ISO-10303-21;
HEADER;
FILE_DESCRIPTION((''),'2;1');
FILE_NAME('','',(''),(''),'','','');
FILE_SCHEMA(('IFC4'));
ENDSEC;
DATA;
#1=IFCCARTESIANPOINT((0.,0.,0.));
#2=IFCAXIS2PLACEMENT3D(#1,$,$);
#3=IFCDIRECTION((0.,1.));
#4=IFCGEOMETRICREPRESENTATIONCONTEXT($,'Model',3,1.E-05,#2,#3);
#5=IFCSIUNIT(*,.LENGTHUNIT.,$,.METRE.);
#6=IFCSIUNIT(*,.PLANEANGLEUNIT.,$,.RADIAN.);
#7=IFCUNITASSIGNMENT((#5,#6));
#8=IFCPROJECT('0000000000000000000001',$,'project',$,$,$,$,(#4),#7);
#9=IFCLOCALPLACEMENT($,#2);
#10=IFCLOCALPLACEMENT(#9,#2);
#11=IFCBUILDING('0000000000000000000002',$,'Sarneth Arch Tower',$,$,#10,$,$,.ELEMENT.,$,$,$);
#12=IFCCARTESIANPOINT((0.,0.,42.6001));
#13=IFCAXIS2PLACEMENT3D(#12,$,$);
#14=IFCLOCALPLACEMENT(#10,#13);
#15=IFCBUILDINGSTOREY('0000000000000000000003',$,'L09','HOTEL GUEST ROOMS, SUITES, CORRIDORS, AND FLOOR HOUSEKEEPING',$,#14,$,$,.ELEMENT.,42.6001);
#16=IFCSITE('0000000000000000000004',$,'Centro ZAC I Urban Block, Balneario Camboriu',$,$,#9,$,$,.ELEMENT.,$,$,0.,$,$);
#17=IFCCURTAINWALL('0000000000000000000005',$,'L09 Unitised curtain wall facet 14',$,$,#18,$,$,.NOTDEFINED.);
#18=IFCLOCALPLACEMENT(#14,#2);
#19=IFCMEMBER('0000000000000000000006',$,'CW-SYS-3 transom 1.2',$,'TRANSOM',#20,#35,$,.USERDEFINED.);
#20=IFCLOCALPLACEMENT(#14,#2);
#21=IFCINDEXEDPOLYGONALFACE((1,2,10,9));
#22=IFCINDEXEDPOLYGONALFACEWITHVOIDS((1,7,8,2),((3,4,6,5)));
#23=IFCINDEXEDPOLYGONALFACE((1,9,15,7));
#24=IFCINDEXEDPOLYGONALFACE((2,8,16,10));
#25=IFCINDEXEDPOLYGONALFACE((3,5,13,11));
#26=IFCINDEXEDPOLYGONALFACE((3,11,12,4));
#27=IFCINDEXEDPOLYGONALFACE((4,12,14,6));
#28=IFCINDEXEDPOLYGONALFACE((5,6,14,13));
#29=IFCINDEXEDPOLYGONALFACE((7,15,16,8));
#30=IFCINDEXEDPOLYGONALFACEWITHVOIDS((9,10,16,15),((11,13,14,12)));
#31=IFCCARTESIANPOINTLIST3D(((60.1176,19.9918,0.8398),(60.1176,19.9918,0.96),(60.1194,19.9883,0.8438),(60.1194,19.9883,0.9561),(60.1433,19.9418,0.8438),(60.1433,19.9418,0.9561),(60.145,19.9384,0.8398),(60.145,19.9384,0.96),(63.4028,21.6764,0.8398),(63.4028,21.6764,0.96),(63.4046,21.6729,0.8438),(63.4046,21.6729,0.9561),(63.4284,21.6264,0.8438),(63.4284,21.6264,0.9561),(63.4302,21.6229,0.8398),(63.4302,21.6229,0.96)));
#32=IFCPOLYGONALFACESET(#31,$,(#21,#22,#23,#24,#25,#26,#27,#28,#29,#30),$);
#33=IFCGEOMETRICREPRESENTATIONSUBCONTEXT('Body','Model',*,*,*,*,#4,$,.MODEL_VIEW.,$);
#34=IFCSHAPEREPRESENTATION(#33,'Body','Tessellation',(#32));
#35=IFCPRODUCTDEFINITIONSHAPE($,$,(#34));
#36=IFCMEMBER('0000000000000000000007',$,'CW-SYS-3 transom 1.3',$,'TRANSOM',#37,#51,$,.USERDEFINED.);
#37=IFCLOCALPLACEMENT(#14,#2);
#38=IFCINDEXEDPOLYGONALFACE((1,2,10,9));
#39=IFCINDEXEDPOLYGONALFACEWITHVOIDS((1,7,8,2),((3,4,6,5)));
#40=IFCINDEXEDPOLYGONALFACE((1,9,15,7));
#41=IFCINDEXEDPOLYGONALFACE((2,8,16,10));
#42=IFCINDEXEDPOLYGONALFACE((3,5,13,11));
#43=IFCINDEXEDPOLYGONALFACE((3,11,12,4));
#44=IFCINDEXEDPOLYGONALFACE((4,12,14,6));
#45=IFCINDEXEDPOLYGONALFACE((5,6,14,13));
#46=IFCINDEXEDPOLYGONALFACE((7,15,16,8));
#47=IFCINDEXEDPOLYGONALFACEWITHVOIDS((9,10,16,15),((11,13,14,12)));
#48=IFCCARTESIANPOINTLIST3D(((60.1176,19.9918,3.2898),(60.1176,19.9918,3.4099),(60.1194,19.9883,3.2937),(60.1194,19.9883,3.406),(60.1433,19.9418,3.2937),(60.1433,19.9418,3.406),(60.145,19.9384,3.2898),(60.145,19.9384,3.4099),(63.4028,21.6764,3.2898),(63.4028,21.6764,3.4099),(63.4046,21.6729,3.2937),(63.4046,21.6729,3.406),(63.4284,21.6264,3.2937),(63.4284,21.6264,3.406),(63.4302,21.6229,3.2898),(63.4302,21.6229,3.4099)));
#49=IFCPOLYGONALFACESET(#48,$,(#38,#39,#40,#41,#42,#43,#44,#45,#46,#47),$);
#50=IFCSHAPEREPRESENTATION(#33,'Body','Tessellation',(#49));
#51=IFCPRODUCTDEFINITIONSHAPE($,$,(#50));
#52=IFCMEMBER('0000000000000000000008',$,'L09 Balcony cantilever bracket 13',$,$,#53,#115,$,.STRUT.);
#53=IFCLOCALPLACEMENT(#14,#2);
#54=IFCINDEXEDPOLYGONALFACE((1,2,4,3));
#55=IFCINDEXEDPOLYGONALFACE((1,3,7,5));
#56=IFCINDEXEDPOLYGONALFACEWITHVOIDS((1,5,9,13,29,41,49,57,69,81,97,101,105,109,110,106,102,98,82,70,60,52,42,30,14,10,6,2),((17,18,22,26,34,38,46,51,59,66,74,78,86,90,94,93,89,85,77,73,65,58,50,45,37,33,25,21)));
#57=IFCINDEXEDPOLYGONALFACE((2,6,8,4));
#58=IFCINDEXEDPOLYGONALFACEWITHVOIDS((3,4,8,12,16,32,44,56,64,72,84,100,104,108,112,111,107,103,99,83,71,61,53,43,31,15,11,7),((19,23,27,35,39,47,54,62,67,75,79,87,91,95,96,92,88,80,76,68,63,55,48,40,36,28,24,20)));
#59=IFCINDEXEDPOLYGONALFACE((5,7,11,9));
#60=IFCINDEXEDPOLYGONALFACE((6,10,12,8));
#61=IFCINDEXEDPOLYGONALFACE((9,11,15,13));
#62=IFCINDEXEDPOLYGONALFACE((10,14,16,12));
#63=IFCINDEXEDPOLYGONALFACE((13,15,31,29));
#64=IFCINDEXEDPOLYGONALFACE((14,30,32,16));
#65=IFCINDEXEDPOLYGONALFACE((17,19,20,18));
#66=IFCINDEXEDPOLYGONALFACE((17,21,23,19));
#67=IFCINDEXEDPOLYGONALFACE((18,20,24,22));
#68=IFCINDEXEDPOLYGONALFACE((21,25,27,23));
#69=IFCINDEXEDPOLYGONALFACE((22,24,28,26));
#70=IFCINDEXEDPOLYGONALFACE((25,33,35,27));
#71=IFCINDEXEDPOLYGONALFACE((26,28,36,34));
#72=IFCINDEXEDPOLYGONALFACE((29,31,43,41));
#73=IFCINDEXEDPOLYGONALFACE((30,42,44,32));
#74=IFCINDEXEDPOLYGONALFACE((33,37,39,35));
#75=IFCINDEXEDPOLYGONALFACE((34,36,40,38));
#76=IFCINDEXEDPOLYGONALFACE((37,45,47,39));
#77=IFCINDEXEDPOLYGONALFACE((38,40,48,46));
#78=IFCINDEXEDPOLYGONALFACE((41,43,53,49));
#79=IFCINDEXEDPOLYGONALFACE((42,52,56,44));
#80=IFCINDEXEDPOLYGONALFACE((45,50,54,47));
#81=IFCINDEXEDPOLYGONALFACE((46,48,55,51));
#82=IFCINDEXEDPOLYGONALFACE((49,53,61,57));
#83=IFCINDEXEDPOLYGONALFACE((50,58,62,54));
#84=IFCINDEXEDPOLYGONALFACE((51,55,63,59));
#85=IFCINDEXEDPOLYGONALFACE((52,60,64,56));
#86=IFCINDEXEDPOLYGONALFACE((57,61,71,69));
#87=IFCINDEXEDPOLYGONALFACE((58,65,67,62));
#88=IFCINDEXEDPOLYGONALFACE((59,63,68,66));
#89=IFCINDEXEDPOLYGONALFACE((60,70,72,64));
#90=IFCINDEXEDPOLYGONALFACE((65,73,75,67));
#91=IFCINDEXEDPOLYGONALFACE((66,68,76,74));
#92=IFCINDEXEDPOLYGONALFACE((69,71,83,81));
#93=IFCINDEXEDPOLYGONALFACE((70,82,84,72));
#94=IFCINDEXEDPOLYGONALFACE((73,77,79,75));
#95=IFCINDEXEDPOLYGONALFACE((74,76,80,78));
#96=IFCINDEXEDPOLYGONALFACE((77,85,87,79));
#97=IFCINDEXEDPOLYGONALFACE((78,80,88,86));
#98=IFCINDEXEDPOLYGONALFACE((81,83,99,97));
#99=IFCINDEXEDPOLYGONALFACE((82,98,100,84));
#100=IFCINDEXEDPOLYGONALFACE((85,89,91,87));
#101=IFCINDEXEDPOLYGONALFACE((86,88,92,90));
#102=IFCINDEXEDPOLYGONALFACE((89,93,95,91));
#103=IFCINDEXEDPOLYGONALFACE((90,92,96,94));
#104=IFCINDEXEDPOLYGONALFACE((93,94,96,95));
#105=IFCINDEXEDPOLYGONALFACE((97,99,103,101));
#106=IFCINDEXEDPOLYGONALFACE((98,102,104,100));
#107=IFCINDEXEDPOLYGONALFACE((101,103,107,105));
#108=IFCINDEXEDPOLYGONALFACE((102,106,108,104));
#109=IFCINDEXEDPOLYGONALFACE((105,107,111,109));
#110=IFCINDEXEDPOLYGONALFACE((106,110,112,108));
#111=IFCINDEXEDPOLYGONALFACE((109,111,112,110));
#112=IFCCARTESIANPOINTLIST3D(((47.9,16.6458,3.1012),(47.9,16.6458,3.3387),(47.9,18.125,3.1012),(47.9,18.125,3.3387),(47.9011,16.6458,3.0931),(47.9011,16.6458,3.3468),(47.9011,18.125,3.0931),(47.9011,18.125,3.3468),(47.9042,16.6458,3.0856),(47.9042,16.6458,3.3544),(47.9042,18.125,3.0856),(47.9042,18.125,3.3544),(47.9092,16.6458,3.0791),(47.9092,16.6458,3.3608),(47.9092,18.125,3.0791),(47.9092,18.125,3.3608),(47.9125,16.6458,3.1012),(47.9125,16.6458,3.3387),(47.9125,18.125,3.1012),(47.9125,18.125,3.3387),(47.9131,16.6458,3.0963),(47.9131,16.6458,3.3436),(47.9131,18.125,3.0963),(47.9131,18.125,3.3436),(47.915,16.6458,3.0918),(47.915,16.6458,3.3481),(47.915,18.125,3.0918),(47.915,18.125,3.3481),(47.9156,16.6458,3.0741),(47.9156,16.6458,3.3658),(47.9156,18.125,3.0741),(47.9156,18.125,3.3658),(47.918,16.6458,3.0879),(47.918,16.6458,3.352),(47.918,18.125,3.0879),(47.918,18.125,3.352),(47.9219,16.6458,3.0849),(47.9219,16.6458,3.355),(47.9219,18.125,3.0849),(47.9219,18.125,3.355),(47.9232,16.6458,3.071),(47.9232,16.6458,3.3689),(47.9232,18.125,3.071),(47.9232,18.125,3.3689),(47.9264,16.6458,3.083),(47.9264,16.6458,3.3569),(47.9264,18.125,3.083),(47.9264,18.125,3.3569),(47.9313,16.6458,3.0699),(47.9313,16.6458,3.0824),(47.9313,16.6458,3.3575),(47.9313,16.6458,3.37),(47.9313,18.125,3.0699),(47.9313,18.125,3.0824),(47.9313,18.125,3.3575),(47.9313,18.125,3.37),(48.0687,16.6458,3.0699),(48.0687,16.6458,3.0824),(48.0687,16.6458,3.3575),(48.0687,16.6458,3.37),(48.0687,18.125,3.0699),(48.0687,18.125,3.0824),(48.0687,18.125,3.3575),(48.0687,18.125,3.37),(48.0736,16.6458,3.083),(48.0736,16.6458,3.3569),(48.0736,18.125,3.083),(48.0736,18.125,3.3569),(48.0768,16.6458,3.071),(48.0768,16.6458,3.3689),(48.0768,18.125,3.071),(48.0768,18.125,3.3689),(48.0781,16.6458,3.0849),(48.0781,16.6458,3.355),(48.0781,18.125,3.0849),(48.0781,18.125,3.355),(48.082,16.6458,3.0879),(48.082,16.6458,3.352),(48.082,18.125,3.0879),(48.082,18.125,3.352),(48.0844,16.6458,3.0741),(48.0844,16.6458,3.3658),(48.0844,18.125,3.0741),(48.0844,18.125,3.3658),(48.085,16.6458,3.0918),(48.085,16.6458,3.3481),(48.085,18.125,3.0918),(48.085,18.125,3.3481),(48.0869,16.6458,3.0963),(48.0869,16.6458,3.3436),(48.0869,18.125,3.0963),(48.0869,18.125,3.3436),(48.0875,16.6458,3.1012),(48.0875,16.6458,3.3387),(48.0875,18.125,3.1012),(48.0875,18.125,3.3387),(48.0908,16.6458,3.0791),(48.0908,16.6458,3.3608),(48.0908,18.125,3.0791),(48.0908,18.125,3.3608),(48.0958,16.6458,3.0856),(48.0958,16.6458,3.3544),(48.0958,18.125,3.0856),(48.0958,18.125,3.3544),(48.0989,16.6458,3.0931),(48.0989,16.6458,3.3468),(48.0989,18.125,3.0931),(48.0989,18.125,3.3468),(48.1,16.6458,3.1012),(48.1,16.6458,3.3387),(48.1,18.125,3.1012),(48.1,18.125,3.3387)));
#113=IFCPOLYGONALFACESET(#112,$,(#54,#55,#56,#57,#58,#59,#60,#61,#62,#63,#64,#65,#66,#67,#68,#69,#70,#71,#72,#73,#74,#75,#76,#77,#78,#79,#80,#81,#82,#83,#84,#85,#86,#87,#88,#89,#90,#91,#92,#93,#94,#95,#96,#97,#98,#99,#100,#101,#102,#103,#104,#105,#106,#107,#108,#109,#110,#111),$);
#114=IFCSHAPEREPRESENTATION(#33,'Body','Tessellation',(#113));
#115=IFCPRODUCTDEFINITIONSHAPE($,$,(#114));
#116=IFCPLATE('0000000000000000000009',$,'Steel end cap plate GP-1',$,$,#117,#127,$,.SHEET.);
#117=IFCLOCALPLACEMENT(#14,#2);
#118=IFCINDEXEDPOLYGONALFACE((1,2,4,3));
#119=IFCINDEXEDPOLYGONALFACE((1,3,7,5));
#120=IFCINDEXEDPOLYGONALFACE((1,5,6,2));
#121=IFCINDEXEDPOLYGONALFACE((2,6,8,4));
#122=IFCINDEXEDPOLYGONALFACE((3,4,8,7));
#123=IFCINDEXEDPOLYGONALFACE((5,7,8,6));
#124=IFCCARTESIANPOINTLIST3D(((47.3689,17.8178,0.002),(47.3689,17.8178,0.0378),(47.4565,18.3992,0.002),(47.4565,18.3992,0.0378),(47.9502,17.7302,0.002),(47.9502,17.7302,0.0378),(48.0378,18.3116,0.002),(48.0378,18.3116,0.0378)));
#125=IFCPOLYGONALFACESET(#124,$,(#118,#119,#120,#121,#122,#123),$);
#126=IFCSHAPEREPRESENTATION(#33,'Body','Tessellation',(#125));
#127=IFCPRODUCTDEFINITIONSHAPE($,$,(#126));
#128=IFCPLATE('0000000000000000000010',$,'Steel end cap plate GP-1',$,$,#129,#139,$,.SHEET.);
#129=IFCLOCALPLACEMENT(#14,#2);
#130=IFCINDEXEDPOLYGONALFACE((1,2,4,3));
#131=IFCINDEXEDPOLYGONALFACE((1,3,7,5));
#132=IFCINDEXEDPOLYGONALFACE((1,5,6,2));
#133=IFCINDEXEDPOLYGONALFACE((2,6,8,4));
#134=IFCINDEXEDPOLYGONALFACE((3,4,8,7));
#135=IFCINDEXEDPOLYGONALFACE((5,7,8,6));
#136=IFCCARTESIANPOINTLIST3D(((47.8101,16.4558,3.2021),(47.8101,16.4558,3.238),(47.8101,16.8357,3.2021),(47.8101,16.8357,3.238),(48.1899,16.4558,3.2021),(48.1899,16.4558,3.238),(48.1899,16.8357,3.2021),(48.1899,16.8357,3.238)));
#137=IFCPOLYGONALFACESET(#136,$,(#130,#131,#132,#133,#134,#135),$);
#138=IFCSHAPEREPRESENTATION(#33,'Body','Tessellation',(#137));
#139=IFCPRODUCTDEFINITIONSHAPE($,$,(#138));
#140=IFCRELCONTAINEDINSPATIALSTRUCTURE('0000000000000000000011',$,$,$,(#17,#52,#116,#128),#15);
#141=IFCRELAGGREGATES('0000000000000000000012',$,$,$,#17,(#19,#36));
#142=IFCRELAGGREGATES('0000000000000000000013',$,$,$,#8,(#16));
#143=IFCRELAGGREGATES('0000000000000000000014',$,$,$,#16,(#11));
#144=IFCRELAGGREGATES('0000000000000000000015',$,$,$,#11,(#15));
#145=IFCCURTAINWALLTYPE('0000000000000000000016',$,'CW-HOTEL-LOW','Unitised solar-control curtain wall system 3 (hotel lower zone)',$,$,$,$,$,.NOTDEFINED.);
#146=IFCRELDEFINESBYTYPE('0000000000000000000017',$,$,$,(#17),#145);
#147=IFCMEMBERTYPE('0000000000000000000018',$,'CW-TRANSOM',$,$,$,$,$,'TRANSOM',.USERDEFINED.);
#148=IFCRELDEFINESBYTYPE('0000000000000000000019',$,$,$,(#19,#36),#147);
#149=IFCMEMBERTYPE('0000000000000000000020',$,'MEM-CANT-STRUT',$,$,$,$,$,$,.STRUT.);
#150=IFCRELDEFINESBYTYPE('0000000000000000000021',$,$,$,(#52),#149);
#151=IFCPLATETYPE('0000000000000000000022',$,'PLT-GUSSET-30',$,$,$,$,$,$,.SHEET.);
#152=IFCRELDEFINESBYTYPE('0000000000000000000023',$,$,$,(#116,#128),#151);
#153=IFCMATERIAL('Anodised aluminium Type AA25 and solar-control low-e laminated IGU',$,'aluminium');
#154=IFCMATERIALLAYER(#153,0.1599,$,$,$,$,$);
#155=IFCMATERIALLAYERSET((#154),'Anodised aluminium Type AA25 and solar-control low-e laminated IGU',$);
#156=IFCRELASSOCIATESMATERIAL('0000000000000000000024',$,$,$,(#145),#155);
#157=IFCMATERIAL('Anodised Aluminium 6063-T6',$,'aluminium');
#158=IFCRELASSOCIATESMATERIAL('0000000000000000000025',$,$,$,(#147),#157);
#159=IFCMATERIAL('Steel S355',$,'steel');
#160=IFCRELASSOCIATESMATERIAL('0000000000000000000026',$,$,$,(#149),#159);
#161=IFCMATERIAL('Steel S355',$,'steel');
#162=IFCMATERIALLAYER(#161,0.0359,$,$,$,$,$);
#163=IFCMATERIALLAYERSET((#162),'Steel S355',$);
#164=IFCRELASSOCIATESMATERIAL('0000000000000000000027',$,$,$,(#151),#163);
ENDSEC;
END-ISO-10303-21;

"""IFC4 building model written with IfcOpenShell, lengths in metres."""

from ifc_helpers import new_model, si_unit, direction, frame, origin, origin_2d, place, context, subcontext, project, spatial, rectangle, hollow_rectangle, extrude, material, layer, layer_set, material_profile, profile_set, type_object, element, aggregate, save


model = new_model("IFC4")

# Units and contexts
model_context = context("Model", 3, precision=1e-05, world=origin(), true_north=direction((0.0, 1.0)))
body_context = subcontext(model_context, "Body", "Model", "MODEL_VIEW")
ifc_project = project(units=[si_unit("LENGTHUNIT", "METRE"), si_unit("PLANEANGLEUNIT", "RADIAN")], contexts=[model_context])

# Site, building, storey
site_placement = place(None, origin())
site = spatial("IfcSite", under=ifc_project, at=site_placement, Name="Centro ZAC I Urban Block, Balneario Camboriu", CompositionType="ELEMENT", RefElevation=0.0)
building_placement = place(site_placement, origin())
building = spatial("IfcBuilding", under=site, at=building_placement, Name="Sarneth Arch Tower", CompositionType="ELEMENT")
storey_placement = place(building_placement, frame((0.0, 0.0, 42.6001)))
storey = spatial("IfcBuildingStorey", under=building, at=storey_placement, Name="L09", Description="HOTEL GUEST ROOMS, SUITES, CORRIDORS, AND FLOOR HOUSEKEEPING", CompositionType="ELEMENT", Elevation=42.6001)

# Curtain wall, members
ifc_material_1 = material(Name="Anodised aluminium Type AA25 and solar-control low-e laminated IGU", Category="aluminium")
ifc_layer_1 = layer(ifc_material_1, 0.1599)
ifc_layer_set_1 = layer_set([ifc_layer_1], Name="Anodised aluminium Type AA25 and solar-control low-e laminated IGU")
curtain_wall_type = type_object("IfcCurtainWallType", Name="CW-HOTEL-LOW", Description="Unitised solar-control curtain wall system 3 (hotel lower zone)", PredefinedType="NOTDEFINED", material=ifc_layer_set_1)
curtain_wall_placement = place(storey_placement, origin())
curtain_wall = element("IfcCurtainWall", 1, at=curtain_wall_placement, inside=storey, type_object=curtain_wall_type, Name="L09 Unitised curtain wall facet 14", PredefinedType="NOTDEFINED")
ifc_material_2 = material(Name="Anodised Aluminium 6063-T6", Category="aluminium")
ifc_material_profile_1 = material_profile(ifc_material_2, hollow_rectangle(XDim=0.0601, YDim=0.1201, WallThickness=0.0039, at=origin_2d()), Name="AL-TRAN-120x60x4")
ifc_profile_set_1 = profile_set([ifc_material_profile_1], Name="Anodised Aluminium 6063-T6")
member_type_1 = type_object("IfcMemberType", Name="CW-TRANSOM", ElementType="TRANSOM", PredefinedType="USERDEFINED", material=ifc_profile_set_1)
member_1_placement = place(storey_placement, frame((60.1313, 19.9651, 0.8999), z_axis=(0.889831, 0.45629, 0.0), x_axis=(-0.45629, 0.889831, 0.0)))
member_1 = element("IfcMember", 2, at=member_1_placement, type_object=member_type_1, Name="CW-SYS-3 transom 1.2", ObjectType="TRANSOM", PredefinedType="USERDEFINED", context=body_context, shape_type="SweptSolid", body=[
    extrude(hollow_rectangle(XDim=0.0601, YDim=0.1201, WallThickness=0.0039, at=origin_2d()), origin(), (0.0, 0.0, 1.0), 3.6919),
])
member_2_placement = place(storey_placement, frame((60.1313, 19.9651, 3.3499), z_axis=(0.889831, 0.45629, 0.0), x_axis=(-0.45629, 0.889831, 0.0)))
member_2 = element("IfcMember", 3, at=member_2_placement, type_object=member_type_1, Name="CW-SYS-3 transom 1.3", ObjectType="TRANSOM", PredefinedType="USERDEFINED", context=body_context, shape_type="SweptSolid", body=[
    extrude(hollow_rectangle(XDim=0.0601, YDim=0.1201, WallThickness=0.0039, at=origin_2d()), origin(), (0.0, 0.0, 1.0), 3.6919),
])
aggregate(curtain_wall, [member_1, member_2])

# Member
ifc_material_3 = material(Name="Steel S355", Category="steel")
ifc_material_profile_2 = material_profile(ifc_material_3, hollow_rectangle(XDim=0.2, YDim=0.3, WallThickness=0.0125, InnerFilletRadius=0.0188, OuterFilletRadius=0.0312, at=origin_2d()), Name="RHS300x200x12.5")
ifc_profile_set_2 = profile_set([ifc_material_profile_2], Name="Steel S355")
member_type_2 = type_object("IfcMemberType", Name="MEM-CANT-STRUT", PredefinedType="STRUT", material=ifc_profile_set_2)
member_3_placement = place(storey_placement, frame((48.0, 18.125, 3.22), z_axis=(0.0, -1.0, 0.0), x_axis=(1.0, 0.0, 0.0)))
element("IfcMember", 4, at=member_3_placement, inside=storey, type_object=member_type_2, Name="L09 Balcony cantilever bracket 13", PredefinedType="STRUT", context=body_context, shape_type="SweptSolid", body=[
    extrude(hollow_rectangle(XDim=0.2, YDim=0.3, WallThickness=0.0125, InnerFilletRadius=0.0188, OuterFilletRadius=0.0312, at=origin_2d()), origin(), (0.0, 0.0, 1.0), 1.4792),
])

# Plates
ifc_material_4 = material(Name="Steel S355", Category="steel")
ifc_layer_2 = layer(ifc_material_4, 0.0359)
ifc_layer_set_2 = layer_set([ifc_layer_2], Name="Steel S355")
plate_type = type_object("IfcPlateType", Name="PLT-GUSSET-30", PredefinedType="SHEET", material=ifc_layer_set_2)
plate_1_placement = place(storey_placement, frame((47.7034, 18.0647, 0.002), z_axis=(0.0, 0.0, 1.0), x_axis=(0.988835, -0.149018, 0.0)))
element("IfcPlate", 5, at=plate_1_placement, inside=storey, type_object=plate_type, Name="Steel end cap plate GP-1", PredefinedType="SHEET", context=body_context, shape_type="SweptSolid", body=[
    extrude(rectangle(XDim=0.5879, YDim=0.5879, at=origin_2d()), origin(), (0.0, 0.0, 1.0), 0.0359),
])
plate_2_placement = place(storey_placement, frame((48.0, 16.6458, 3.2021), z_axis=(0.0, 0.0, 1.0), x_axis=(0.0, -1.0, 0.0)))
element("IfcPlate", 6, at=plate_2_placement, inside=storey, type_object=plate_type, Name="Steel end cap plate GP-1", PredefinedType="SHEET", context=body_context, shape_type="SweptSolid", body=[
    extrude(rectangle(XDim=0.3799, YDim=0.3799, at=origin_2d()), origin(), (0.0, 0.0, 1.0), 0.0359),
])

save(model, "model.ifc")
